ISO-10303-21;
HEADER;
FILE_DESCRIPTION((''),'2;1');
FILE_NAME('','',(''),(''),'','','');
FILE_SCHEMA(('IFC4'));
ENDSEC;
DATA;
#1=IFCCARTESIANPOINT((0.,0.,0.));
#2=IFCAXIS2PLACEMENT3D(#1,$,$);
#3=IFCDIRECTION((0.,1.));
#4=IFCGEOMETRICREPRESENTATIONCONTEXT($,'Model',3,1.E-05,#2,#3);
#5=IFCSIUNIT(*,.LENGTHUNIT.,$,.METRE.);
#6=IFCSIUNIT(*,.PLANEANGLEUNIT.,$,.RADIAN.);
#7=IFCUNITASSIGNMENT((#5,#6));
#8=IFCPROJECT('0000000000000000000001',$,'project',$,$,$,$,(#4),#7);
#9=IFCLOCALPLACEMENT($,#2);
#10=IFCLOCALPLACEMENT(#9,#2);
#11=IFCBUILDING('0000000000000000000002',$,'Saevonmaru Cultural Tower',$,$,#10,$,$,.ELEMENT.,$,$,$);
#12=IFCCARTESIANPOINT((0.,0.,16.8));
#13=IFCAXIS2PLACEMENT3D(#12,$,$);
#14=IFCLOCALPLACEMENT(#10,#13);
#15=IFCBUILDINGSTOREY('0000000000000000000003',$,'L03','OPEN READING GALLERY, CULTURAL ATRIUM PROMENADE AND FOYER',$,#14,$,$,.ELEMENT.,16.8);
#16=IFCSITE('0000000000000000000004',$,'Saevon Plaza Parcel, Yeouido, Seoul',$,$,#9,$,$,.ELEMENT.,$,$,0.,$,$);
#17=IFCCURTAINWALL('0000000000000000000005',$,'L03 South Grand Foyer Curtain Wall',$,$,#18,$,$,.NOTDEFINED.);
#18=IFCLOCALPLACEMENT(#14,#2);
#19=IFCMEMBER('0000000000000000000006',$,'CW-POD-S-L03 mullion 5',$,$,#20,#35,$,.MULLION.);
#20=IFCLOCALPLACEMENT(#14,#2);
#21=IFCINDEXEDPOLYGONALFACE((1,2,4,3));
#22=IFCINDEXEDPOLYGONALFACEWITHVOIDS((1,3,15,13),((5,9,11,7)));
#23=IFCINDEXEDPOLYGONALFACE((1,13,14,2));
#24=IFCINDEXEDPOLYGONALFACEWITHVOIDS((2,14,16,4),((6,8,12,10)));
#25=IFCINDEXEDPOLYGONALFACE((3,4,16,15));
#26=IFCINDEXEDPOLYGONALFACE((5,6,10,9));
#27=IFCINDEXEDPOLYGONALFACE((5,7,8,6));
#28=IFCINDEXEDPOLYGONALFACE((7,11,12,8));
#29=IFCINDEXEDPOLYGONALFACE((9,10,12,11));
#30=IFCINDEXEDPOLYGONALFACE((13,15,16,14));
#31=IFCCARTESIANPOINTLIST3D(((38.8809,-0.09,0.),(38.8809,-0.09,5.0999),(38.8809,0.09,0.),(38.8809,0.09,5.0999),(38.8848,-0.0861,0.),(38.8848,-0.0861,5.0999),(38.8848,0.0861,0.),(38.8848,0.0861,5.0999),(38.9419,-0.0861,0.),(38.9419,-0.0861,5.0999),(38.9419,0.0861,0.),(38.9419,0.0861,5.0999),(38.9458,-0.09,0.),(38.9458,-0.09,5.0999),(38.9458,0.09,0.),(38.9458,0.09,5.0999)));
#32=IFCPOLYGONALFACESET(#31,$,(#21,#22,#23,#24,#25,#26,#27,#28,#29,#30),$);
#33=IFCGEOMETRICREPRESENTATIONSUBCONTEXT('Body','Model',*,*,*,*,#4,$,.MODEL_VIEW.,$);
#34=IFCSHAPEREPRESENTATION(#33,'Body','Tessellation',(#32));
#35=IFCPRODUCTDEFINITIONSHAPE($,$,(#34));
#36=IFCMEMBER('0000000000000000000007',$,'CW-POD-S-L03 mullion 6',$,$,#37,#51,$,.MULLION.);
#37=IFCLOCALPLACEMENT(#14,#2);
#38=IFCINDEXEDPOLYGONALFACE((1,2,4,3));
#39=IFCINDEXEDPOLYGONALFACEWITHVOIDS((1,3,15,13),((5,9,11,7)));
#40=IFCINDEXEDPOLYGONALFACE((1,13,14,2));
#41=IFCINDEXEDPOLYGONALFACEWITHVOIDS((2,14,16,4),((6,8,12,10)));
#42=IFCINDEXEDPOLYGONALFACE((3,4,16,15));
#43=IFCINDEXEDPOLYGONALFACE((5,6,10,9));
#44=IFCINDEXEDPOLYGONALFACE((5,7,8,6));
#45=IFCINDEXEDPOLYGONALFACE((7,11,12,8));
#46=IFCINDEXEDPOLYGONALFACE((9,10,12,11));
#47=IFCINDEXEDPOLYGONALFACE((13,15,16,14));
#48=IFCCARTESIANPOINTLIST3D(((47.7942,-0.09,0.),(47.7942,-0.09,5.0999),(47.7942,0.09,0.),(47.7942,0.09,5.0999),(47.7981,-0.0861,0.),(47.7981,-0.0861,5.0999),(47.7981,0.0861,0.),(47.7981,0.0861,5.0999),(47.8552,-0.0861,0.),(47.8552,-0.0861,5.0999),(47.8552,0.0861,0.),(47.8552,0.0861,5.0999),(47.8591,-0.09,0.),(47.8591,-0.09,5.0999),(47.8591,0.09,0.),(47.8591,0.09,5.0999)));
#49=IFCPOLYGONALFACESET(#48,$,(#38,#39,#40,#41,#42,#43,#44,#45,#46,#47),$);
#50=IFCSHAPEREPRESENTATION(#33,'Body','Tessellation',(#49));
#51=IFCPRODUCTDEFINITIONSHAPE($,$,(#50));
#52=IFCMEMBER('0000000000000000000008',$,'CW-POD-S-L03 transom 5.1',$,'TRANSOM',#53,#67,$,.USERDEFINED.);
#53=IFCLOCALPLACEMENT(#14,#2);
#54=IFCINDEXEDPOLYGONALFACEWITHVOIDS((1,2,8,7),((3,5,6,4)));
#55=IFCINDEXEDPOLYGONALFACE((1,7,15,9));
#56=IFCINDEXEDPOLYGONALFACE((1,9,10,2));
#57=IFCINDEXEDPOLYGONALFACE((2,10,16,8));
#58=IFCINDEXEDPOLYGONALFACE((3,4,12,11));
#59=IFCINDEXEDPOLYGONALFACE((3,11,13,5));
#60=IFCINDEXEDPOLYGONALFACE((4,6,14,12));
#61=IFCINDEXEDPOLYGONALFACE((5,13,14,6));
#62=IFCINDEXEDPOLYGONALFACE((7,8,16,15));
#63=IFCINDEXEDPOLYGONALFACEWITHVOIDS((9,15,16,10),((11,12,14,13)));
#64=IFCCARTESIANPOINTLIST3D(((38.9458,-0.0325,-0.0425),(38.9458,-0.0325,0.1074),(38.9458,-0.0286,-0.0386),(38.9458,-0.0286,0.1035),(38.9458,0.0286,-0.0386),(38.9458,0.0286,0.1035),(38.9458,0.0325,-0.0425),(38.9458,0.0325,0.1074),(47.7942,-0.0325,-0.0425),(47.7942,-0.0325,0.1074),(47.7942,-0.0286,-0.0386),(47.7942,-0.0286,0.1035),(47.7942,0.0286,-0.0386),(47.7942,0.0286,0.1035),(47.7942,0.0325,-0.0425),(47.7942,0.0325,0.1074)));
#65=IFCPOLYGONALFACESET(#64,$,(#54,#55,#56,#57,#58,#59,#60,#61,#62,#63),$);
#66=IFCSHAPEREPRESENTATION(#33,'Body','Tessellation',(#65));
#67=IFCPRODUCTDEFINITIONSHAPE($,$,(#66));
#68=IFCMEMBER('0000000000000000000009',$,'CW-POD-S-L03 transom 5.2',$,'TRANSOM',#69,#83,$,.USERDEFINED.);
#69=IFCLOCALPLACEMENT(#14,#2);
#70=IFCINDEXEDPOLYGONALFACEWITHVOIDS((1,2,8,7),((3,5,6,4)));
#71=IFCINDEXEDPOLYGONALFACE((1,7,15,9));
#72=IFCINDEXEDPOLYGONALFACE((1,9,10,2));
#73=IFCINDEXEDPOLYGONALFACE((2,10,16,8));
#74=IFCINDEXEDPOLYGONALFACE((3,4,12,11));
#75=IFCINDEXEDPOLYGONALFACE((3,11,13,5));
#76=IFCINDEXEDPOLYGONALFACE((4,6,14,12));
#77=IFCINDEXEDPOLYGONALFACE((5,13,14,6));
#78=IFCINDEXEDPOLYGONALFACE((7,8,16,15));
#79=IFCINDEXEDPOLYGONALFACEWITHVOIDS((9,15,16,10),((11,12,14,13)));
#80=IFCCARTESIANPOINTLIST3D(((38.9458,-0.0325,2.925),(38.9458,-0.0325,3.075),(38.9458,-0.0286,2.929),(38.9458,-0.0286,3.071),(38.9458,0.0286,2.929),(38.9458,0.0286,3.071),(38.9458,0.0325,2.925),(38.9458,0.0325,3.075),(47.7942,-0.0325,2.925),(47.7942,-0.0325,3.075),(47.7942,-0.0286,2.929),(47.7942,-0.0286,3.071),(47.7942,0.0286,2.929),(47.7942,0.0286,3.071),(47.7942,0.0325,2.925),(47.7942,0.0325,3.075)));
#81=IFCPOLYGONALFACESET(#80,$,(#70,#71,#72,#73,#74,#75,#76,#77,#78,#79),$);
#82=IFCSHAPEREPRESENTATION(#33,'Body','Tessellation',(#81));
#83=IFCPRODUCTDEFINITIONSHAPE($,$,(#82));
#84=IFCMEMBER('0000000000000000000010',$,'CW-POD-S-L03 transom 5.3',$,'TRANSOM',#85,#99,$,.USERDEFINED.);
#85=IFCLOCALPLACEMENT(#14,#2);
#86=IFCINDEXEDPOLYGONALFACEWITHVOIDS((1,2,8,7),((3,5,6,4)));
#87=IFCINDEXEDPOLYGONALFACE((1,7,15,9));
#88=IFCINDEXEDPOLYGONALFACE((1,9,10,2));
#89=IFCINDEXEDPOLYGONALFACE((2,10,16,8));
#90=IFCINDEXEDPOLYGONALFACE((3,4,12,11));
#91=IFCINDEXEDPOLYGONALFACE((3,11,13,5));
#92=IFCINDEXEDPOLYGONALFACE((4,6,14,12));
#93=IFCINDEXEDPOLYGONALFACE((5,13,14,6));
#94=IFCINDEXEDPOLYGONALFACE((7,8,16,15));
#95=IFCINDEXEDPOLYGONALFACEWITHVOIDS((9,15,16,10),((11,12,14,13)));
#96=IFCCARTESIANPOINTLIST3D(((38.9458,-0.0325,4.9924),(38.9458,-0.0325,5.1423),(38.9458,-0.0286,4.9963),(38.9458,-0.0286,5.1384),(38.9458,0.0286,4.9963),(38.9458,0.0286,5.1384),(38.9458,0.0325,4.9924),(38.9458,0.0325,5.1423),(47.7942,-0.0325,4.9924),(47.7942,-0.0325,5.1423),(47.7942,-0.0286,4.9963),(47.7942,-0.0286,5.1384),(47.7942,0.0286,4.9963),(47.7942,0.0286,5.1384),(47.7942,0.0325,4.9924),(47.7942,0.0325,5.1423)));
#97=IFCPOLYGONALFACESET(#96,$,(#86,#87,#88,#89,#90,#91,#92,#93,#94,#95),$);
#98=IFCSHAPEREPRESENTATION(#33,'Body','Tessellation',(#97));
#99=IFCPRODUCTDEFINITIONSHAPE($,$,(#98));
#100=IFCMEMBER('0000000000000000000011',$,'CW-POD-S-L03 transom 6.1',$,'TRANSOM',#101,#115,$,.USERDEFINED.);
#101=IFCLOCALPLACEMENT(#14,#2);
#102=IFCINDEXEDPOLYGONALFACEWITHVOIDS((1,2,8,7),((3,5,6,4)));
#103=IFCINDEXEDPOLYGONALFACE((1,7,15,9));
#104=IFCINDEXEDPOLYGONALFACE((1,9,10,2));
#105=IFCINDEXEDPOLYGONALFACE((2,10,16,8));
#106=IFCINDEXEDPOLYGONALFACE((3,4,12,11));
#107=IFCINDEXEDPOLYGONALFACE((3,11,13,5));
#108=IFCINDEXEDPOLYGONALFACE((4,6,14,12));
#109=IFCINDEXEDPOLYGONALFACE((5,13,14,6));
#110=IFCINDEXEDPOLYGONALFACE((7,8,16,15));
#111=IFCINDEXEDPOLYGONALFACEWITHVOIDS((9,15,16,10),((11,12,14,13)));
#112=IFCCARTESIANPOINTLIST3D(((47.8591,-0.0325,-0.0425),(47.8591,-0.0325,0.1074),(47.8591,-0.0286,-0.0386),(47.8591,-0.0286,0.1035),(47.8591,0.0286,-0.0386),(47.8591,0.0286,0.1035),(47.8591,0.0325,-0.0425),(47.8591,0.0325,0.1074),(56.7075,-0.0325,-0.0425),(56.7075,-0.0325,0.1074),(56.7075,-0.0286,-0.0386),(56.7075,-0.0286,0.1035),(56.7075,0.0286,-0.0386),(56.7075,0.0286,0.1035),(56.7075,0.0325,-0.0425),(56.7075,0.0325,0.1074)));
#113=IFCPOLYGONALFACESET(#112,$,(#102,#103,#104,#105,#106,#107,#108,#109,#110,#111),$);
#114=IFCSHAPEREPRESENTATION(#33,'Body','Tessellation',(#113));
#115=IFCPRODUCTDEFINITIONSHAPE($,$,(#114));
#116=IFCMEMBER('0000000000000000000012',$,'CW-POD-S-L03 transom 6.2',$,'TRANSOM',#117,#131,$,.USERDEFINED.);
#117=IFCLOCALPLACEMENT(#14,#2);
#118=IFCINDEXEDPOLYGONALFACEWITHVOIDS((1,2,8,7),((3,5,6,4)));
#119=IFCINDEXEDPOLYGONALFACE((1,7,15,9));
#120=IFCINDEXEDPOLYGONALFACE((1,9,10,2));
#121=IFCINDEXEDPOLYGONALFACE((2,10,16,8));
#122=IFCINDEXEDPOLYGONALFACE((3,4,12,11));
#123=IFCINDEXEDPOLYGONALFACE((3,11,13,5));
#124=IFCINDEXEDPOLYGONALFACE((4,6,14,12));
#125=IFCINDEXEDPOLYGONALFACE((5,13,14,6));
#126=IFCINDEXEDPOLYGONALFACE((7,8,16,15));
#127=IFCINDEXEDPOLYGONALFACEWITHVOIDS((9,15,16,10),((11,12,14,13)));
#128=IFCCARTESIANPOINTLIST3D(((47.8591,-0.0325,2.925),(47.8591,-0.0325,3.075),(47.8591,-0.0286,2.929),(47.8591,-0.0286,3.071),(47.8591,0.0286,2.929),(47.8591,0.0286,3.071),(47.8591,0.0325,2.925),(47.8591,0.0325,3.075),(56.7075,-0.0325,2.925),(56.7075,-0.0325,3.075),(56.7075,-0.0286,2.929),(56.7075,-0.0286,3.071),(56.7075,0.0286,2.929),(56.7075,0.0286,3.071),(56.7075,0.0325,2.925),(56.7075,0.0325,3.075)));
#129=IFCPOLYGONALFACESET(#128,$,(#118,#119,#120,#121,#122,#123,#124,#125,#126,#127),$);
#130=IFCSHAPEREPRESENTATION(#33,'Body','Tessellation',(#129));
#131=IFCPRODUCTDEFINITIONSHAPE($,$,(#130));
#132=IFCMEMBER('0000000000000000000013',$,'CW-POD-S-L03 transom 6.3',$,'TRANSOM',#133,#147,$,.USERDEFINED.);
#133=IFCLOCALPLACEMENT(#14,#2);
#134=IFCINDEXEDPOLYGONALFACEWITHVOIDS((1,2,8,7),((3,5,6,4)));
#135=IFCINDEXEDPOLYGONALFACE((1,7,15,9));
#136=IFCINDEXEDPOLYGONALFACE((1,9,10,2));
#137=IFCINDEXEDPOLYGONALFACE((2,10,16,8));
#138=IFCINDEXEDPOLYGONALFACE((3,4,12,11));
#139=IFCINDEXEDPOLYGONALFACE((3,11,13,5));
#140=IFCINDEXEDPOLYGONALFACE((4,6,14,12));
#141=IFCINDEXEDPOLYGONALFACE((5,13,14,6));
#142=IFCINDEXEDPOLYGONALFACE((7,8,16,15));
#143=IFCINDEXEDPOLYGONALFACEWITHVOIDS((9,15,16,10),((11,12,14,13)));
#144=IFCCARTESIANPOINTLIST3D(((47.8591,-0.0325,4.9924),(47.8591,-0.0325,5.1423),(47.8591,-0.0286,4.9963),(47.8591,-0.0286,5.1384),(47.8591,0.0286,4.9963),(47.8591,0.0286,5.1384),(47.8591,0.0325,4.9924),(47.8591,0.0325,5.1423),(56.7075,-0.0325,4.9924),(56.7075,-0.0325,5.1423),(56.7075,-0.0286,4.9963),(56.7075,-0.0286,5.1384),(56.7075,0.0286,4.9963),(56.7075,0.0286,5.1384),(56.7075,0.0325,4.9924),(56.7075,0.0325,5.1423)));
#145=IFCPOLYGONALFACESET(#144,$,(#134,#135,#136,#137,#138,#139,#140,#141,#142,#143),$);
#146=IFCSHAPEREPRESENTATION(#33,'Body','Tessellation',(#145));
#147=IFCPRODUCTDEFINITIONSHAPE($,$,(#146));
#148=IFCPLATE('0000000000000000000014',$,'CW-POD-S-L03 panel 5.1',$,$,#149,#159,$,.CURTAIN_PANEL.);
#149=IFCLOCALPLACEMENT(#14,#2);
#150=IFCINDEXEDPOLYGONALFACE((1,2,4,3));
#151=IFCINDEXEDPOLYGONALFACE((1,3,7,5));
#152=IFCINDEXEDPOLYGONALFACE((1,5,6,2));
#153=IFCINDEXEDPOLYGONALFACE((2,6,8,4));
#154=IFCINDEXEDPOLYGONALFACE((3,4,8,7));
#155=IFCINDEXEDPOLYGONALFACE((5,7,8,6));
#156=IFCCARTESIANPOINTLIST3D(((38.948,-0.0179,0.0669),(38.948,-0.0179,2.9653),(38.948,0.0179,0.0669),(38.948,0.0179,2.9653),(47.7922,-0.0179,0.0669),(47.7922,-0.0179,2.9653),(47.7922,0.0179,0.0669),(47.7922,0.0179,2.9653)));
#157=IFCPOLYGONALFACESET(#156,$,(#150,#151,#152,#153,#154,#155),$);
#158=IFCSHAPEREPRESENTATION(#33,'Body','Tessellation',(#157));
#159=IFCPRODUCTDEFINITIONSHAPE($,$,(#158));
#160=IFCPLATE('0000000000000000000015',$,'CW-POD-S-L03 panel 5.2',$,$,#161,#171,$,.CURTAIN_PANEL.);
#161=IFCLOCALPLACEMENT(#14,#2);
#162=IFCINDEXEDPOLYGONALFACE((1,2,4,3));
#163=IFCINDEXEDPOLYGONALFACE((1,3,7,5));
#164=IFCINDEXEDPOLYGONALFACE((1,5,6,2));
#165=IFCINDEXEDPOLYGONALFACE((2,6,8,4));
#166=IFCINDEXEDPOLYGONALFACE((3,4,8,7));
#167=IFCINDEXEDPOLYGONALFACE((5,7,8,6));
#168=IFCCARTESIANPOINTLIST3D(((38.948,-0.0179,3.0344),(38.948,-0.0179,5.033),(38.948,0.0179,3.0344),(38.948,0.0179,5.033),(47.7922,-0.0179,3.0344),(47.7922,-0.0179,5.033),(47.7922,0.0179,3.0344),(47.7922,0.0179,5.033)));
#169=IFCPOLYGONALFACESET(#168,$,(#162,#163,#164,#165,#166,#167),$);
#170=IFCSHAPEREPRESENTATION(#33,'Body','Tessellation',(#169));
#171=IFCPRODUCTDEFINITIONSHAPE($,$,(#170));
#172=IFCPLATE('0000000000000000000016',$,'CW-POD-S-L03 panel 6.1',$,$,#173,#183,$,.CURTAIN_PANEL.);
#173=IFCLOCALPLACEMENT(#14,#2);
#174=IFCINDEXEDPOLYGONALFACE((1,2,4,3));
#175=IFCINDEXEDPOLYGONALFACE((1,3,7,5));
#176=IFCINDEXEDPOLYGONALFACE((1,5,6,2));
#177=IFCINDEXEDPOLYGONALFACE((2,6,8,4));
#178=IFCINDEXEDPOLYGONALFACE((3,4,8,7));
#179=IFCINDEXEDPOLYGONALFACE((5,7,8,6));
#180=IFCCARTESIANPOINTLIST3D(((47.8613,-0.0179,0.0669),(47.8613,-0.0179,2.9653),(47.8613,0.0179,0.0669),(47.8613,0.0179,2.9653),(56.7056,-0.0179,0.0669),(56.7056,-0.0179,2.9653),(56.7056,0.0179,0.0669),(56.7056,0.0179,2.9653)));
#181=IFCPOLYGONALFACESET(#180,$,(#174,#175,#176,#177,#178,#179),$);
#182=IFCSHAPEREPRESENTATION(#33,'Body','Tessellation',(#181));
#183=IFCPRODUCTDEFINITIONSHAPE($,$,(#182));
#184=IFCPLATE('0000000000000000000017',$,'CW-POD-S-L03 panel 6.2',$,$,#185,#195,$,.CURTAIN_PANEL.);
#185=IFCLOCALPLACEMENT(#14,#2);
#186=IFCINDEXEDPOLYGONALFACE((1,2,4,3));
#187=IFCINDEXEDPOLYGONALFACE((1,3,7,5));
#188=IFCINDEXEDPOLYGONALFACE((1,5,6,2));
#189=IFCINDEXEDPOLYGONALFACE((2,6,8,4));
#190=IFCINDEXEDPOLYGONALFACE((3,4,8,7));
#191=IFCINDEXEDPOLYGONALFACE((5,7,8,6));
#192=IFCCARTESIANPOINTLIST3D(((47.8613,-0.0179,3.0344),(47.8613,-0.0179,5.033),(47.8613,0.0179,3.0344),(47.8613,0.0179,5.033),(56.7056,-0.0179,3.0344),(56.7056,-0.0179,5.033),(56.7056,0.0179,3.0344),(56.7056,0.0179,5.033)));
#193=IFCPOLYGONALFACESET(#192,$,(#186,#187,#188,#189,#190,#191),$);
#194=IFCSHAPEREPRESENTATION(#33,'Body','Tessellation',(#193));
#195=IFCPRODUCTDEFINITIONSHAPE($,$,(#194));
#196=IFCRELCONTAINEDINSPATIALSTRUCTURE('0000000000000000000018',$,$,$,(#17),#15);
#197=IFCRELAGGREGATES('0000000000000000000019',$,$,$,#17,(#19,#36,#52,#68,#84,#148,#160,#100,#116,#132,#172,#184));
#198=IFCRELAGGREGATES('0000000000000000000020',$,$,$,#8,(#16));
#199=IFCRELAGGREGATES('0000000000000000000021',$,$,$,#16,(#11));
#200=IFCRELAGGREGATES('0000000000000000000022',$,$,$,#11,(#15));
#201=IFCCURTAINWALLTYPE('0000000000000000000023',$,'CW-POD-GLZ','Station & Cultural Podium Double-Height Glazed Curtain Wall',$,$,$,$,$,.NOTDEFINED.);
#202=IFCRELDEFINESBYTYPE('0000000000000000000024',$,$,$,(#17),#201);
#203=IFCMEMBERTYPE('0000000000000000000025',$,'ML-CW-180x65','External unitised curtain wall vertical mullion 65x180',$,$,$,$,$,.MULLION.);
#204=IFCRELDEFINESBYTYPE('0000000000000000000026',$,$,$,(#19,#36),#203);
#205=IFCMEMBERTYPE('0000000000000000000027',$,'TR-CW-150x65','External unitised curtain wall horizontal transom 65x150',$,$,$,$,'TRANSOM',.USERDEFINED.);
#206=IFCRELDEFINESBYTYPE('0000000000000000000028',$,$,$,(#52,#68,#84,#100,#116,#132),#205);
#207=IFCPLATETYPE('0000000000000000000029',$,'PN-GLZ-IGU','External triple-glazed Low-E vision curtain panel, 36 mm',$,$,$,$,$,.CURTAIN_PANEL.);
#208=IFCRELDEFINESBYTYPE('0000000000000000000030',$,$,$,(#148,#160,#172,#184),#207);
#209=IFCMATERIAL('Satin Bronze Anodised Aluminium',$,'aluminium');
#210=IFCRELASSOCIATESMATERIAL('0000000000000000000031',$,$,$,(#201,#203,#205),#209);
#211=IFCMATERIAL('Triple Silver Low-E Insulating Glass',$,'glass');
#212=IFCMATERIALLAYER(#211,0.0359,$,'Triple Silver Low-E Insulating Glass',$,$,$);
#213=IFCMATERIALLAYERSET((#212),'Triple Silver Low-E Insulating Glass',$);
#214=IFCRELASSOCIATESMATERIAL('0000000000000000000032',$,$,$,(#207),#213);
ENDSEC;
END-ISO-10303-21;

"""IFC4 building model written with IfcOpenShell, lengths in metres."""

from ifc_helpers import new_model, si_unit, direction, frame, origin, origin_2d, place, context, subcontext, project, spatial, rectangle, hollow_rectangle, extrude, material, layer, layer_set, material_profile, profile_set, type_object, element, aggregate, save


model = new_model("IFC4")

# Units and contexts
model_context = context("Model", 3, precision=1e-05, world=origin(), true_north=direction((0.0, 1.0)))
body_context = subcontext(model_context, "Body", "Model", "MODEL_VIEW")
ifc_project = project(units=[si_unit("LENGTHUNIT", "METRE"), si_unit("PLANEANGLEUNIT", "RADIAN")], contexts=[model_context])

# Site, building, storey
site_placement = place(None, origin())
site = spatial("IfcSite", under=ifc_project, at=site_placement, Name="Saevon Plaza Parcel, Yeouido, Seoul", CompositionType="ELEMENT", RefElevation=0.0)
building_placement = place(site_placement, origin())
building = spatial("IfcBuilding", under=site, at=building_placement, Name="Saevonmaru Cultural Tower", CompositionType="ELEMENT")
storey_placement = place(building_placement, frame((0.0, 0.0, 16.8)))
storey = spatial("IfcBuildingStorey", under=building, at=storey_placement, Name="L03", Description="OPEN READING GALLERY, CULTURAL ATRIUM PROMENADE AND FOYER", CompositionType="ELEMENT", Elevation=16.8)

# Curtain wall, members, plates
ifc_material_1 = material(Name="Satin Bronze Anodised Aluminium", Category="aluminium")
curtain_wall_type = type_object("IfcCurtainWallType", Name="CW-POD-GLZ", Description="Station & Cultural Podium Double-Height Glazed Curtain Wall", PredefinedType="NOTDEFINED", material=ifc_material_1)
curtain_wall_placement = place(storey_placement, origin())
curtain_wall = element("IfcCurtainWall", 1, at=curtain_wall_placement, inside=storey, type_object=curtain_wall_type, Name="L03 South Grand Foyer Curtain Wall", PredefinedType="NOTDEFINED")
ifc_material_profile_1 = material_profile(ifc_material_1, hollow_rectangle(XDim=0.0649, YDim=0.1799, WallThickness=0.0039, at=origin_2d()), Name="ALU-MULL-180x65x4")
ifc_profile_set_1 = profile_set([ifc_material_profile_1], Name="Satin Bronze Anodised Aluminium")
member_type_1 = type_object("IfcMemberType", Name="ML-CW-180x65", Description="External unitised curtain wall vertical mullion 65x180", PredefinedType="MULLION", material=ifc_profile_set_1)
member_1_placement = place(storey_placement, frame((38.9133, 0.0, 0.0), z_axis=(0.0, 0.0, 1.0), x_axis=(1.0, 0.0, 0.0)))
member_1 = element("IfcMember", 2, at=member_1_placement, type_object=member_type_1, Name="CW-POD-S-L03 mullion 5", PredefinedType="MULLION", context=body_context, shape_type="SweptSolid", body=[
    extrude(hollow_rectangle(XDim=0.0649, YDim=0.1799, WallThickness=0.0039, at=origin_2d()), origin(), (0.0, 0.0, 1.0), 5.0999),
])
member_2_placement = place(storey_placement, frame((47.8267, 0.0, 0.0), z_axis=(0.0, 0.0, 1.0), x_axis=(1.0, 0.0, 0.0)))
member_2 = element("IfcMember", 3, at=member_2_placement, type_object=member_type_1, Name="CW-POD-S-L03 mullion 6", PredefinedType="MULLION", context=body_context, shape_type="SweptSolid", body=[
    extrude(hollow_rectangle(XDim=0.0649, YDim=0.1799, WallThickness=0.0039, at=origin_2d()), origin(), (0.0, 0.0, 1.0), 5.0999),
])
ifc_material_profile_2 = material_profile(ifc_material_1, hollow_rectangle(XDim=0.0649, YDim=0.1499, WallThickness=0.0039, at=origin_2d()), Name="ALU-TRAN-150x65x4")
ifc_profile_set_2 = profile_set([ifc_material_profile_2], Name="Satin Bronze Anodised Aluminium")
member_type_2 = type_object("IfcMemberType", Name="TR-CW-150x65", Description="External unitised curtain wall horizontal transom 65x150", ElementType="TRANSOM", PredefinedType="USERDEFINED", material=ifc_profile_set_2)
member_3_placement = place(storey_placement, frame((38.9458, 0.0, 0.0325), z_axis=(1.0, 0.0, 0.0), x_axis=(0.0, 1.0, 0.0)))
member_3 = element("IfcMember", 4, at=member_3_placement, type_object=member_type_2, Name="CW-POD-S-L03 transom 5.1", ObjectType="TRANSOM", PredefinedType="USERDEFINED", context=body_context, shape_type="SweptSolid", body=[
    extrude(hollow_rectangle(XDim=0.0649, YDim=0.1499, WallThickness=0.0039, at=origin_2d()), origin(), (0.0, 0.0, 1.0), 8.8484),
])
member_4_placement = place(storey_placement, frame((38.9458, 0.0, 3.0), z_axis=(1.0, 0.0, 0.0), x_axis=(0.0, 1.0, 0.0)))
member_4 = element("IfcMember", 5, at=member_4_placement, type_object=member_type_2, Name="CW-POD-S-L03 transom 5.2", ObjectType="TRANSOM", PredefinedType="USERDEFINED", context=body_context, shape_type="SweptSolid", body=[
    extrude(hollow_rectangle(XDim=0.0649, YDim=0.1499, WallThickness=0.0039, at=origin_2d()), origin(), (0.0, 0.0, 1.0), 8.8484),
])
member_5_placement = place(storey_placement, frame((38.9458, 0.0, 5.0674), z_axis=(1.0, 0.0, 0.0), x_axis=(0.0, 1.0, 0.0)))
member_5 = element("IfcMember", 6, at=member_5_placement, type_object=member_type_2, Name="CW-POD-S-L03 transom 5.3", ObjectType="TRANSOM", PredefinedType="USERDEFINED", context=body_context, shape_type="SweptSolid", body=[
    extrude(hollow_rectangle(XDim=0.0649, YDim=0.1499, WallThickness=0.0039, at=origin_2d()), origin(), (0.0, 0.0, 1.0), 8.8484),
])
member_6_placement = place(storey_placement, frame((47.8591, 0.0, 0.0325), z_axis=(1.0, 0.0, 0.0), x_axis=(0.0, 1.0, 0.0)))
member_6 = element("IfcMember", 7, at=member_6_placement, type_object=member_type_2, Name="CW-POD-S-L03 transom 6.1", ObjectType="TRANSOM", PredefinedType="USERDEFINED", context=body_context, shape_type="SweptSolid", body=[
    extrude(hollow_rectangle(XDim=0.0649, YDim=0.1499, WallThickness=0.0039, at=origin_2d()), origin(), (0.0, 0.0, 1.0), 8.8484),
])
member_7_placement = place(storey_placement, frame((47.8591, 0.0, 3.0), z_axis=(1.0, 0.0, 0.0), x_axis=(0.0, 1.0, 0.0)))
member_7 = element("IfcMember", 8, at=member_7_placement, type_object=member_type_2, Name="CW-POD-S-L03 transom 6.2", ObjectType="TRANSOM", PredefinedType="USERDEFINED", context=body_context, shape_type="SweptSolid", body=[
    extrude(hollow_rectangle(XDim=0.0649, YDim=0.1499, WallThickness=0.0039, at=origin_2d()), origin(), (0.0, 0.0, 1.0), 8.8484),
])
member_8_placement = place(storey_placement, frame((47.8591, 0.0, 5.0674), z_axis=(1.0, 0.0, 0.0), x_axis=(0.0, 1.0, 0.0)))
member_8 = element("IfcMember", 9, at=member_8_placement, type_object=member_type_2, Name="CW-POD-S-L03 transom 6.3", ObjectType="TRANSOM", PredefinedType="USERDEFINED", context=body_context, shape_type="SweptSolid", body=[
    extrude(hollow_rectangle(XDim=0.0649, YDim=0.1499, WallThickness=0.0039, at=origin_2d()), origin(), (0.0, 0.0, 1.0), 8.8484),
])
ifc_material_2 = material(Name="Triple Silver Low-E Insulating Glass", Category="glass")
ifc_layer_1 = layer(ifc_material_2, 0.0359, Name="Triple Silver Low-E Insulating Glass")
ifc_layer_set_1 = layer_set([ifc_layer_1], Name="Triple Silver Low-E Insulating Glass")
plate_type = type_object("IfcPlateType", Name="PN-GLZ-IGU", Description="External triple-glazed Low-E vision curtain panel, 36 mm", PredefinedType="CURTAIN_PANEL", material=ifc_layer_set_1)
plate_1_placement = place(storey_placement, frame((43.3701, 0.0, 0.0669), z_axis=(0.0, 0.0, 1.0), x_axis=(1.0, 0.0, 0.0)))
plate_1 = element("IfcPlate", 10, at=plate_1_placement, type_object=plate_type, Name="CW-POD-S-L03 panel 5.1", PredefinedType="CURTAIN_PANEL", context=body_context, shape_type="SweptSolid", body=[
    extrude(rectangle(XDim=8.8442, YDim=0.0359, at=origin_2d()), origin(), (0.0, 0.0, 1.0), 2.8984),
])
plate_2_placement = place(storey_placement, frame((43.3701, 0.0, 3.0344), z_axis=(0.0, 0.0, 1.0), x_axis=(1.0, 0.0, 0.0)))
plate_2 = element("IfcPlate", 11, at=plate_2_placement, type_object=plate_type, Name="CW-POD-S-L03 panel 5.2", PredefinedType="CURTAIN_PANEL", context=body_context, shape_type="SweptSolid", body=[
    extrude(rectangle(XDim=8.8442, YDim=0.0359, at=origin_2d()), origin(), (0.0, 0.0, 1.0), 1.9985),
])
plate_3_placement = place(storey_placement, frame((52.2834, 0.0, 0.0669), z_axis=(0.0, 0.0, 1.0), x_axis=(1.0, 0.0, 0.0)))
plate_3 = element("IfcPlate", 12, at=plate_3_placement, type_object=plate_type, Name="CW-POD-S-L03 panel 6.1", PredefinedType="CURTAIN_PANEL", context=body_context, shape_type="SweptSolid", body=[
    extrude(rectangle(XDim=8.8442, YDim=0.0359, at=origin_2d()), origin(), (0.0, 0.0, 1.0), 2.8984),
])
plate_4_placement = place(storey_placement, frame((52.2834, 0.0, 3.0344), z_axis=(0.0, 0.0, 1.0), x_axis=(1.0, 0.0, 0.0)))
plate_4 = element("IfcPlate", 13, at=plate_4_placement, type_object=plate_type, Name="CW-POD-S-L03 panel 6.2", PredefinedType="CURTAIN_PANEL", context=body_context, shape_type="SweptSolid", body=[
    extrude(rectangle(XDim=8.8442, YDim=0.0359, at=origin_2d()), origin(), (0.0, 0.0, 1.0), 1.9985),
])
aggregate(curtain_wall, [member_1, member_2, member_3, member_4, member_5, plate_1, plate_2, member_6, member_7, member_8, plate_3, plate_4])

save(model, "model.ifc")
